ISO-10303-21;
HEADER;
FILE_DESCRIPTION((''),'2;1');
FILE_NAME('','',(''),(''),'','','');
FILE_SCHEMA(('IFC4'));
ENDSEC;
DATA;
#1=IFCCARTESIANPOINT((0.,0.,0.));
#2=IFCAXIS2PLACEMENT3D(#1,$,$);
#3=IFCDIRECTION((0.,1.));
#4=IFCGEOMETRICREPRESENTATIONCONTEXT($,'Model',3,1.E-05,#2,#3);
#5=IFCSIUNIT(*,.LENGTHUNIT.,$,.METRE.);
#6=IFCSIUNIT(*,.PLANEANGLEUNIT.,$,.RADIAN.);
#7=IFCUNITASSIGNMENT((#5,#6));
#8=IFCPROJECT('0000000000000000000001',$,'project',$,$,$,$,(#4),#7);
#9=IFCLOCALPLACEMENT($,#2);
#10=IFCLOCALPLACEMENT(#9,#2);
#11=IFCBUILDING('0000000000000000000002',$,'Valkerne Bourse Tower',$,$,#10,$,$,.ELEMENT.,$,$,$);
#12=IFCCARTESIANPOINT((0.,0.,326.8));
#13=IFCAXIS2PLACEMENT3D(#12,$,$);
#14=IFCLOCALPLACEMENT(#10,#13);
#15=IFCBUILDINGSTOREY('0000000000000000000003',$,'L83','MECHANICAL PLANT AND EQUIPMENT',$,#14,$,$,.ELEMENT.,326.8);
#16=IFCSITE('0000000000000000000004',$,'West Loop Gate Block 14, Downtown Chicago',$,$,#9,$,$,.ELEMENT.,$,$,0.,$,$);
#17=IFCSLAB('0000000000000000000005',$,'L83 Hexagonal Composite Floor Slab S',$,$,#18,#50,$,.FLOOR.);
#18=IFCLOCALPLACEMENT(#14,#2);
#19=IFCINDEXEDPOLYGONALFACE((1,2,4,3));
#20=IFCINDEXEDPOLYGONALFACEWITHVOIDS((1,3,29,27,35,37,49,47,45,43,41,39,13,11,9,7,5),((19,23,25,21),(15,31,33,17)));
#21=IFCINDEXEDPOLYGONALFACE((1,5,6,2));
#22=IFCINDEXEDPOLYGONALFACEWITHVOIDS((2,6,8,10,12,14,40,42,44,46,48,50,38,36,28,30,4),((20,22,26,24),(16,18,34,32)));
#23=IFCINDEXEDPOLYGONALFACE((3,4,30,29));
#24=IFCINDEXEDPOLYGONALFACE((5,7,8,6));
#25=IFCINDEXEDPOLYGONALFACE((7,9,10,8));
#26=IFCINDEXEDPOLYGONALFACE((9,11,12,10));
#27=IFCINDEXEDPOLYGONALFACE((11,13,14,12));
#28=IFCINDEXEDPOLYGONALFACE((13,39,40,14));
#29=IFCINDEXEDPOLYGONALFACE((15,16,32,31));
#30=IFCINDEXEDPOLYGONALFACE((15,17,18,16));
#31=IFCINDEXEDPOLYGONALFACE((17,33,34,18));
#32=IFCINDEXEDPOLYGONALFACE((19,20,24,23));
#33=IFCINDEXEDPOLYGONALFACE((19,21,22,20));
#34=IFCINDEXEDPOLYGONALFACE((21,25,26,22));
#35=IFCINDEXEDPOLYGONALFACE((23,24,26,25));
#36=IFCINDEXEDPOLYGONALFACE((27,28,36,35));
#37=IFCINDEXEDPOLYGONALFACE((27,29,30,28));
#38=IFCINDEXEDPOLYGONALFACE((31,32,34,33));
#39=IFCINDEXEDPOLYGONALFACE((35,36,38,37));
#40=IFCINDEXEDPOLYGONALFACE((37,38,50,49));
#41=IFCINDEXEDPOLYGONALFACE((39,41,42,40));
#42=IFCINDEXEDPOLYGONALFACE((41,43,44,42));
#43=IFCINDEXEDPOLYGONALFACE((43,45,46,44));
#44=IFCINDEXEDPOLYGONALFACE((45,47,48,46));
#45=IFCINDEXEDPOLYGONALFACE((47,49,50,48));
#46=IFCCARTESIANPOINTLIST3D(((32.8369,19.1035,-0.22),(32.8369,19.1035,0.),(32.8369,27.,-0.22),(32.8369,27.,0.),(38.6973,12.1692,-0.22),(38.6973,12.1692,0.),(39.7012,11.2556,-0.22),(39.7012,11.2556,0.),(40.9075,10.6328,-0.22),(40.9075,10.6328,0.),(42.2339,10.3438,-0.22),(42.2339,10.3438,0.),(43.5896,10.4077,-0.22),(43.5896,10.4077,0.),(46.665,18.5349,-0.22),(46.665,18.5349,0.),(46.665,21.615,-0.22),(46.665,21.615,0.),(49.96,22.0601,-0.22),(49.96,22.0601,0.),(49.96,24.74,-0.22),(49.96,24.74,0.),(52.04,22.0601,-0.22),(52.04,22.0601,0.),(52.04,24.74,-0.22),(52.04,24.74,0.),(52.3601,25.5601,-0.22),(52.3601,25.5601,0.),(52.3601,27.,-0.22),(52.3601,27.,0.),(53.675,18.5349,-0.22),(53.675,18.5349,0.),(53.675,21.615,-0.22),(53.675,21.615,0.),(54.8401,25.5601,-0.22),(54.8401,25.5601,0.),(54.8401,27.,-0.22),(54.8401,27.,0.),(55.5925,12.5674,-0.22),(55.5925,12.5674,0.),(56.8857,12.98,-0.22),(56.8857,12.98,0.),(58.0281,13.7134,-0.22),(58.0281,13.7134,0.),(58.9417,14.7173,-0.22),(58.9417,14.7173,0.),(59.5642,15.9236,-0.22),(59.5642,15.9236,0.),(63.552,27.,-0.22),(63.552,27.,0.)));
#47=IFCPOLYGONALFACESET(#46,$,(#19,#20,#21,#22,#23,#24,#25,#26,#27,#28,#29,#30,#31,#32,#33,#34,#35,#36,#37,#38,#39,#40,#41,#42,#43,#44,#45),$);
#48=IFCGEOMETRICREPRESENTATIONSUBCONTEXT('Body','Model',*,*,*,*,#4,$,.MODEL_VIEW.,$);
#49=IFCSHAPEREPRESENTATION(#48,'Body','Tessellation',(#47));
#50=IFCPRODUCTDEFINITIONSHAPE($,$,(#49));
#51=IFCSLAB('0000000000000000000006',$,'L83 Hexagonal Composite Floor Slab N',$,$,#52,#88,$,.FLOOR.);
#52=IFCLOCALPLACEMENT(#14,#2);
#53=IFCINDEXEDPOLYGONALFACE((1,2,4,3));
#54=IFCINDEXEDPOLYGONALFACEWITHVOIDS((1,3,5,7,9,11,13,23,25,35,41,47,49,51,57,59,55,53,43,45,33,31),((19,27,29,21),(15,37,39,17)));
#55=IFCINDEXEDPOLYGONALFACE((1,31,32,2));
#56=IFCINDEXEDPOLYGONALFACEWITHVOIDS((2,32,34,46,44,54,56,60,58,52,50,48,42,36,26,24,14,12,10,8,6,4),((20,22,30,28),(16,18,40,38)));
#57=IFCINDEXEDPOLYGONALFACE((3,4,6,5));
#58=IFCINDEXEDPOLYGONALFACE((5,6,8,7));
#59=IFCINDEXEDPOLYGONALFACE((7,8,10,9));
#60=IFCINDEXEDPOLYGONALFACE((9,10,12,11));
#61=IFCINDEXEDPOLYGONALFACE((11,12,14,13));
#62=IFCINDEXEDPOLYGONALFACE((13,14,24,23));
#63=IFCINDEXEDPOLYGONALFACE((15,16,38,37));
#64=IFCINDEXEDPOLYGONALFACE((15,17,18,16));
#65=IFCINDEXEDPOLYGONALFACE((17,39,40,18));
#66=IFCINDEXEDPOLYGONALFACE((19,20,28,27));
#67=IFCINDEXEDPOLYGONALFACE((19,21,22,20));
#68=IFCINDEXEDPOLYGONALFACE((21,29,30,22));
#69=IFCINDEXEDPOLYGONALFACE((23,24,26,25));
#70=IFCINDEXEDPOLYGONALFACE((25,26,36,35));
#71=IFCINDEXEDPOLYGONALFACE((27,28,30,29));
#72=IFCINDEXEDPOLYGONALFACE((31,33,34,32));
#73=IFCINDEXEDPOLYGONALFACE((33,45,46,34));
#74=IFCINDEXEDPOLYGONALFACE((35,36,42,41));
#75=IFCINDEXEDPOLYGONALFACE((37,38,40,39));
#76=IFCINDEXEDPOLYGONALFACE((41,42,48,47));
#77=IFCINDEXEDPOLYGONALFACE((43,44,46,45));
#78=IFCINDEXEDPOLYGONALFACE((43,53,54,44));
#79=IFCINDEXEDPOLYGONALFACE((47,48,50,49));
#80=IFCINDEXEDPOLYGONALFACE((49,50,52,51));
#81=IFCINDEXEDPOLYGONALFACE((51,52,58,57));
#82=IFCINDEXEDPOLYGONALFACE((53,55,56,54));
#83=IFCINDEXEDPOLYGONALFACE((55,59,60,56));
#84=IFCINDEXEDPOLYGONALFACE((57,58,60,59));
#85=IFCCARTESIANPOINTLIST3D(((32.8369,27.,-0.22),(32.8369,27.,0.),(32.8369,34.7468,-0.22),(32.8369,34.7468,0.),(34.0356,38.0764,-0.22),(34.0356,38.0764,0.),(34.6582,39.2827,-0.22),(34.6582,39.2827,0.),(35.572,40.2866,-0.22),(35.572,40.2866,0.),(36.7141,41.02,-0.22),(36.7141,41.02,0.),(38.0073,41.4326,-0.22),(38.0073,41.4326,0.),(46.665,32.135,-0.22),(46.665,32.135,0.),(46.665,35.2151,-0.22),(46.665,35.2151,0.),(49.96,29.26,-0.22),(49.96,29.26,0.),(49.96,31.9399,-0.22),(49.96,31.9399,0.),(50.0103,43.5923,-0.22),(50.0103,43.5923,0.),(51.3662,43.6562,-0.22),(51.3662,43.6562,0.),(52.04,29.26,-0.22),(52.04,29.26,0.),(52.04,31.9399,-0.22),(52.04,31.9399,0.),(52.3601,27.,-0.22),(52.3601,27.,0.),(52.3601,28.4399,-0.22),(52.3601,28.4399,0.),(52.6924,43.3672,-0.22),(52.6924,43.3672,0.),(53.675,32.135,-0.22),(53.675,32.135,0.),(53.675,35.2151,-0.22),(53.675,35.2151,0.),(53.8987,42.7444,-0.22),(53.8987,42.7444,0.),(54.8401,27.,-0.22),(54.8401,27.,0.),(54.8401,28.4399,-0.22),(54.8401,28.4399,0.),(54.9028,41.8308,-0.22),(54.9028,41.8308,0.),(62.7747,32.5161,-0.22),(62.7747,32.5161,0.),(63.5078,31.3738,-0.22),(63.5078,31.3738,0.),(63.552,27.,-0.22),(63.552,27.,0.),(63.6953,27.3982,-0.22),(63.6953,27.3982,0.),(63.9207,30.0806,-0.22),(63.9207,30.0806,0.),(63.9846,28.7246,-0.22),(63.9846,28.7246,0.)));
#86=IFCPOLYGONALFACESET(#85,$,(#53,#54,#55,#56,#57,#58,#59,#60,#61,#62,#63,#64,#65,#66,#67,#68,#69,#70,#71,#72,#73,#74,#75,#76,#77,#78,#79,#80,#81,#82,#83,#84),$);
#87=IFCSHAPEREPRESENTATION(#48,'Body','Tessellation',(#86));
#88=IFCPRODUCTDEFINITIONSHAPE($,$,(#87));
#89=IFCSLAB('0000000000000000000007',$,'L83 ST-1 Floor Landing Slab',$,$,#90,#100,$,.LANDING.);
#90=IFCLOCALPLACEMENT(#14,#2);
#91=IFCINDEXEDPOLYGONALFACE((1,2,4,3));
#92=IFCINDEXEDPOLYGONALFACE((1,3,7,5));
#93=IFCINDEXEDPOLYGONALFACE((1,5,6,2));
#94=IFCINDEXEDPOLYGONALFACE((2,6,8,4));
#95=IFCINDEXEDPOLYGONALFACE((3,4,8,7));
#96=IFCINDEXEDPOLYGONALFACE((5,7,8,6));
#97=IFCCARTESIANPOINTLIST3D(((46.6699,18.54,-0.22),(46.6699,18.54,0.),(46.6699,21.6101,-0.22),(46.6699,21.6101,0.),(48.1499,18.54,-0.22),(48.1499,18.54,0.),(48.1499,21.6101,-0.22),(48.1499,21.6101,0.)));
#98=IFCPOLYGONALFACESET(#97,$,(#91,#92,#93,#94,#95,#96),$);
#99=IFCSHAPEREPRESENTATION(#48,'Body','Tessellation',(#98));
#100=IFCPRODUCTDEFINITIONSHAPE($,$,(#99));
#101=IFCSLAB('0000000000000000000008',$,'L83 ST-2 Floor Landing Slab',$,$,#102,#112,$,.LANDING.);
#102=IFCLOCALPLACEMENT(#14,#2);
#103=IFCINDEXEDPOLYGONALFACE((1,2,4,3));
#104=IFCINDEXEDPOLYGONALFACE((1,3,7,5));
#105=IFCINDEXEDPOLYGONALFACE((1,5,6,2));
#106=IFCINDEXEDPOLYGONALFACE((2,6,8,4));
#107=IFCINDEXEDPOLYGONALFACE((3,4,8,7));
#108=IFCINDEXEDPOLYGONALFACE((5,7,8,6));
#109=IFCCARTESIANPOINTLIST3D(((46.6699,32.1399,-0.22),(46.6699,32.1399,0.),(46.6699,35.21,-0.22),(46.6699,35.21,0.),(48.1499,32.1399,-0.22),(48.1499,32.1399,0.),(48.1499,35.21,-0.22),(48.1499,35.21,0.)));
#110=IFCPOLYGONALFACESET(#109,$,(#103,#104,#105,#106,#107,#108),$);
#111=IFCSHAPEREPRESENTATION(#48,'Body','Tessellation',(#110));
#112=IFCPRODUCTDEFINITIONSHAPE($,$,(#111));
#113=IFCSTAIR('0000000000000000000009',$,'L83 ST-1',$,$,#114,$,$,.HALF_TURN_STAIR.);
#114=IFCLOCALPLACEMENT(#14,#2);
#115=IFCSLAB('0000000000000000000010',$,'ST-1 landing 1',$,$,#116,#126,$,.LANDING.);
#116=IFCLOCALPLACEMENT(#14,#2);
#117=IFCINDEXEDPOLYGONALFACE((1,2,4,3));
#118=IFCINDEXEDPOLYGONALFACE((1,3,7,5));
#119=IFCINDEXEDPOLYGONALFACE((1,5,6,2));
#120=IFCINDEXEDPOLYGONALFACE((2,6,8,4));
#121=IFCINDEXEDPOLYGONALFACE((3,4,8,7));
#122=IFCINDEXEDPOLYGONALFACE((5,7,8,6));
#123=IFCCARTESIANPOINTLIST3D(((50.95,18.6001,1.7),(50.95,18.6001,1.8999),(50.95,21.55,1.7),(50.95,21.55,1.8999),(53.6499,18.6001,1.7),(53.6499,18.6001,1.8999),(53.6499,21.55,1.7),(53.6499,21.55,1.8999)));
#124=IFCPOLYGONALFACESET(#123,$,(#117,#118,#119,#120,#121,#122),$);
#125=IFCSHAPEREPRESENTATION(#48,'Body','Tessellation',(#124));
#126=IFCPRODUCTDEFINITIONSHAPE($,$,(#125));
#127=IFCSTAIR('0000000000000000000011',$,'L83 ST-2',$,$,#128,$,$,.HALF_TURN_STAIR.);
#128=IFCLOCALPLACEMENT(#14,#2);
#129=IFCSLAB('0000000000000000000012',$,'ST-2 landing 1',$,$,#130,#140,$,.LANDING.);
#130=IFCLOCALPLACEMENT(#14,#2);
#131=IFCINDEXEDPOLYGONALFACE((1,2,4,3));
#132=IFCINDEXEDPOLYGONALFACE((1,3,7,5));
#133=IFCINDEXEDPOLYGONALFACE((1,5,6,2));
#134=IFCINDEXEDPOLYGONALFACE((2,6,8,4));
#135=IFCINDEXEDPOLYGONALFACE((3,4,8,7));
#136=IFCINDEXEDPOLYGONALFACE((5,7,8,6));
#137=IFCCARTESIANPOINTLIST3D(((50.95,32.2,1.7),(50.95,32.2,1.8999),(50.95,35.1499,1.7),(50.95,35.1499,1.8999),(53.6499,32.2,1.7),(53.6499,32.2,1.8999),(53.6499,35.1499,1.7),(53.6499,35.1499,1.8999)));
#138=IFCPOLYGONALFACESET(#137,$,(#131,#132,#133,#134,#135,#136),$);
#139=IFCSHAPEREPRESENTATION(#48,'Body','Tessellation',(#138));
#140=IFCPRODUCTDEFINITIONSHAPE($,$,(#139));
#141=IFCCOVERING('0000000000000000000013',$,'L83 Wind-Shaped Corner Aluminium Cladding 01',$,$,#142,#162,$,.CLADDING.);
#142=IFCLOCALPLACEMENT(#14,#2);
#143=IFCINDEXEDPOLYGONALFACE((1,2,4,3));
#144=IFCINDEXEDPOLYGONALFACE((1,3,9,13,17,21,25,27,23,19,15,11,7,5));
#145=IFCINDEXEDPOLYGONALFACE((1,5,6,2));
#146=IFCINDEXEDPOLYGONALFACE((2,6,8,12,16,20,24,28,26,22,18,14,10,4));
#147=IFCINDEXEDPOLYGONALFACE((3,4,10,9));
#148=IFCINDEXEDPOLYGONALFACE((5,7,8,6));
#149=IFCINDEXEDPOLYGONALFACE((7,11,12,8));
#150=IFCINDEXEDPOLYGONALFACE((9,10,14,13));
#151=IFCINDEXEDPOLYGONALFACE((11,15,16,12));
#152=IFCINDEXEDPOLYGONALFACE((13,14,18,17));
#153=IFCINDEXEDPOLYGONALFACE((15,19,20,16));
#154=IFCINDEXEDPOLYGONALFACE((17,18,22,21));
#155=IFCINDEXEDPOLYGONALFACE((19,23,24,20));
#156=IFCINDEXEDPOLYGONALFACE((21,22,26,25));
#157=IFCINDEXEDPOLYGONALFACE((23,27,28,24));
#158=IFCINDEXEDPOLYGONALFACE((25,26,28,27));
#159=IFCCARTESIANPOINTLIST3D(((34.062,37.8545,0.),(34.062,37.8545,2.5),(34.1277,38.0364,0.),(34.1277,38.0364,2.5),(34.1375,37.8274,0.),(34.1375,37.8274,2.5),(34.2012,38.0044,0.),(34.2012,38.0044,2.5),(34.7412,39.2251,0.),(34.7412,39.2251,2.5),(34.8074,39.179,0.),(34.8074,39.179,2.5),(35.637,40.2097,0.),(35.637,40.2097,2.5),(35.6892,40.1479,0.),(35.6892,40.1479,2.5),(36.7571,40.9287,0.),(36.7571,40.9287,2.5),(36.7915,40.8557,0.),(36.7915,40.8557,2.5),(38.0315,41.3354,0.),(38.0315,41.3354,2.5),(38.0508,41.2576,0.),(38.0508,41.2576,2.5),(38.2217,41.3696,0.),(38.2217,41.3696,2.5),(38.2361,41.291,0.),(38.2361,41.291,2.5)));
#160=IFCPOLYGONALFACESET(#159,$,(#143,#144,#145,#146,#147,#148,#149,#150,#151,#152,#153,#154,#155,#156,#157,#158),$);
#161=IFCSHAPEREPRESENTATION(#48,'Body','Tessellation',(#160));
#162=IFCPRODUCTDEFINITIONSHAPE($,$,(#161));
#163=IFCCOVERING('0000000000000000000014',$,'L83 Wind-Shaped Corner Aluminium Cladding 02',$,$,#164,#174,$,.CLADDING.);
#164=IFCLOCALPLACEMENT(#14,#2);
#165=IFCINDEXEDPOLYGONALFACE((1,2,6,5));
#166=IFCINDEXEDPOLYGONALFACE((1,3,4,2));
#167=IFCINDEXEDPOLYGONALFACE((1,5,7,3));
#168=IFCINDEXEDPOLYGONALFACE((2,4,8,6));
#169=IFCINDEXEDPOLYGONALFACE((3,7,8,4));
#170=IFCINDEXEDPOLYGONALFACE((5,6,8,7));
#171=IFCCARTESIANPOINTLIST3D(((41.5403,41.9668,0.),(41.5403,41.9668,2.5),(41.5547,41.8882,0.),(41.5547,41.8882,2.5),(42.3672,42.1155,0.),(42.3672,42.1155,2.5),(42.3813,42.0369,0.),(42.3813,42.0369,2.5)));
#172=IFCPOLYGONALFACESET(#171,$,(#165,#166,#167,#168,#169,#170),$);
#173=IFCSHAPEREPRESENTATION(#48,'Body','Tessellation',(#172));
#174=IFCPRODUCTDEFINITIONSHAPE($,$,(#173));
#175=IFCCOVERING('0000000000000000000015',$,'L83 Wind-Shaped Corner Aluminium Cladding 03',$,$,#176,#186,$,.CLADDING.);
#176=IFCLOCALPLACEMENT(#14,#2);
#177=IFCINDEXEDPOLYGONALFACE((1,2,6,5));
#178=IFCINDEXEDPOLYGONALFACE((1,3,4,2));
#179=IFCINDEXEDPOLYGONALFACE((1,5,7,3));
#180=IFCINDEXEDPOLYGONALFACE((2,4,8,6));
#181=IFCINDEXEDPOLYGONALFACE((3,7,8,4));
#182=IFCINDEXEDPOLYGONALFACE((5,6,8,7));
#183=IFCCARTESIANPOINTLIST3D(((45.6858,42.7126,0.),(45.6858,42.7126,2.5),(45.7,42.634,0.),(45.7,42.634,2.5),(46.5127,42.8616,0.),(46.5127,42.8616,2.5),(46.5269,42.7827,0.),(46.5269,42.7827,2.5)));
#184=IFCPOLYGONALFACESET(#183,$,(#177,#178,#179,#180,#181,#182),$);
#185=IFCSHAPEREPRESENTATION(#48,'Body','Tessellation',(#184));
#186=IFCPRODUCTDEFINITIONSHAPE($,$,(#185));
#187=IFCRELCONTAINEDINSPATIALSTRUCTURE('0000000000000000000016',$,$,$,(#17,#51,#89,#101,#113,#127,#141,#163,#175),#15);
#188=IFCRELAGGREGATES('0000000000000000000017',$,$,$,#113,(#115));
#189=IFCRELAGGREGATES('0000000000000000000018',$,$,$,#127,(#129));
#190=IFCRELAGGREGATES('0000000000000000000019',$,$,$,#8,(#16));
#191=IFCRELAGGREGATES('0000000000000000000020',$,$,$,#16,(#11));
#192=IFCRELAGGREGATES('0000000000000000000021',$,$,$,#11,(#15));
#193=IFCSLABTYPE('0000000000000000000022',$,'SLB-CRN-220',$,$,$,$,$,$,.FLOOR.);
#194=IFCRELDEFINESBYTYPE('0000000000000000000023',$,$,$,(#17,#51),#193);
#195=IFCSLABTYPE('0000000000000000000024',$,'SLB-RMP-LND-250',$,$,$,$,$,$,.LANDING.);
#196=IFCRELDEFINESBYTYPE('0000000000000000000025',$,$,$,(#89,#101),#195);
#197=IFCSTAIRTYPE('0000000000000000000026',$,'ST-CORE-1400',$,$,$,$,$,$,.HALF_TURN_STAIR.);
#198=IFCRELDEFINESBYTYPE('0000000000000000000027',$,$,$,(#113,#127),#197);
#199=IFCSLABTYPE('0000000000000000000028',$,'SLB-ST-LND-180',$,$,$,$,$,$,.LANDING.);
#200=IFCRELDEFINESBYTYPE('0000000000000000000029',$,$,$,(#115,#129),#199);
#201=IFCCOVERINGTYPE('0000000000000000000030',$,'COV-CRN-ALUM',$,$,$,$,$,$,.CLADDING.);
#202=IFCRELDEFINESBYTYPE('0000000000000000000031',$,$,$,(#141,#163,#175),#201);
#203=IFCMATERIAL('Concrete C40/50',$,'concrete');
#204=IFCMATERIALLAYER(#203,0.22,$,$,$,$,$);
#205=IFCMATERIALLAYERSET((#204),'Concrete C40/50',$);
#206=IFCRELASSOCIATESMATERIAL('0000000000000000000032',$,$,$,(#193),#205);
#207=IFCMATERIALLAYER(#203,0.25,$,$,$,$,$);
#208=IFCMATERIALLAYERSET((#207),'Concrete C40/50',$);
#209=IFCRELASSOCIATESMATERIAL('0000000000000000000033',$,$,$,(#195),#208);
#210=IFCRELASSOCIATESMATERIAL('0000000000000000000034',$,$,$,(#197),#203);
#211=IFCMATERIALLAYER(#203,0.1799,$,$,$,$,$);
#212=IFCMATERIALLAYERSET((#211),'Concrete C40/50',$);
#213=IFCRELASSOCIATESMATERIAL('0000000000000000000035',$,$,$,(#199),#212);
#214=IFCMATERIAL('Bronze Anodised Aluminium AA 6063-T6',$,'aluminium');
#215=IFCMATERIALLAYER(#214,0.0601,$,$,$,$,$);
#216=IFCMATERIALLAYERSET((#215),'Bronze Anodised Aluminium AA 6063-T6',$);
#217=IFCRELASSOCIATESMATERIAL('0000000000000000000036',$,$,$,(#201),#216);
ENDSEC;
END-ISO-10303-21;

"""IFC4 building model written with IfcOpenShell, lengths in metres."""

from ifc_helpers import new_model, si_unit, direction, frame, origin, place, context, subcontext, project, spatial, polyline, outline, extrude, material, layer, layer_set, type_object, element, aggregate, save


model = new_model("IFC4")

# Units and contexts
model_context = context("Model", 3, precision=1e-05, world=origin(), true_north=direction((0.0, 1.0)))
body_context = subcontext(model_context, "Body", "Model", "MODEL_VIEW")
ifc_project = project(units=[si_unit("LENGTHUNIT", "METRE"), si_unit("PLANEANGLEUNIT", "RADIAN")], contexts=[model_context])

# Site, building, storey
site_placement = place(None, origin())
site = spatial("IfcSite", under=ifc_project, at=site_placement, Name="West Loop Gate Block 14, Downtown Chicago", CompositionType="ELEMENT", RefElevation=0.0)
building_placement = place(site_placement, origin())
building = spatial("IfcBuilding", under=site, at=building_placement, Name="Valkerne Bourse Tower", CompositionType="ELEMENT")
storey_placement = place(building_placement, frame((0.0, 0.0, 326.8)))
storey = spatial("IfcBuildingStorey", under=building, at=storey_placement, Name="L83", Description="MECHANICAL PLANT AND EQUIPMENT", CompositionType="ELEMENT", Elevation=326.8)

# Slabs
ifc_material_1 = material(Name="Concrete C40/50", Category="concrete")
ifc_layer_1 = layer(ifc_material_1, 0.22)
ifc_layer_set_1 = layer_set([ifc_layer_1], Name="Concrete C40/50")
slab_type_1 = type_object("IfcSlabType", Name="SLB-CRN-220", PredefinedType="FLOOR", material=ifc_layer_set_1)
slab_1_placement = place(storey_placement, frame((0.0, 0.0, -0.22)))
element("IfcSlab", 1, at=slab_1_placement, inside=storey, type_object=slab_type_1, Name="L83 Hexagonal Composite Floor Slab S", PredefinedType="FLOOR", context=body_context, shape_type="SweptSolid", body=[
    extrude(outline(polyline([(59.5642, 15.9236), (58.9417, 14.7173), (58.0281, 13.7134), (56.8857, 12.98), (55.5925, 12.5674), (43.5896, 10.4077), (42.2339, 10.3438), (40.9075, 10.6328), (39.7012, 11.2556), (38.6973, 12.1692), (32.8369, 19.1035), (32.8369, 27.0), (52.3601, 27.0), (52.3601, 25.5601), (54.8401, 25.5601), (54.8401, 27.0), (63.552, 27.0), (59.5642, 15.9236)]), holes=[polyline([(46.665, 18.5349), (53.675, 18.5349), (53.675, 21.615), (46.665, 21.615), (46.665, 18.5349)]), polyline([(49.96, 22.0601), (52.04, 22.0601), (52.04, 24.74), (49.96, 24.74), (49.96, 22.0601)])]), origin(), (0.0, 0.0, 1.0), 0.22),
])
slab_2_placement = place(storey_placement, frame((0.0, 0.0, -0.22)))
element("IfcSlab", 2, at=slab_2_placement, inside=storey, type_object=slab_type_1, Name="L83 Hexagonal Composite Floor Slab N", PredefinedType="FLOOR", context=body_context, shape_type="SweptSolid", body=[
    extrude(outline(polyline([(35.572, 40.2866), (36.7141, 41.02), (38.0073, 41.4326), (50.0103, 43.5923), (51.3662, 43.6562), (52.6924, 43.3672), (53.8987, 42.7444), (54.9028, 41.8308), (62.7747, 32.5161), (63.5078, 31.3738), (63.9207, 30.0806), (63.9846, 28.7246), (63.6953, 27.3982), (63.552, 27.0), (54.8401, 27.0), (54.8401, 28.4399), (52.3601, 28.4399), (52.3601, 27.0), (32.8369, 27.0), (32.8369, 34.7468), (34.0356, 38.0764), (34.6582, 39.2827), (35.572, 40.2866)]), holes=[polyline([(49.96, 31.9399), (49.96, 29.26), (52.04, 29.26), (52.04, 31.9399), (49.96, 31.9399)]), polyline([(46.665, 35.2151), (46.665, 32.135), (53.675, 32.135), (53.675, 35.2151), (46.665, 35.2151)])]), origin(), (0.0, 0.0, 1.0), 0.22),
])
ifc_layer_2 = layer(ifc_material_1, 0.25)
ifc_layer_set_2 = layer_set([ifc_layer_2], Name="Concrete C40/50")
slab_type_2 = type_object("IfcSlabType", Name="SLB-RMP-LND-250", PredefinedType="LANDING", material=ifc_layer_set_2)
slab_3_placement = place(storey_placement, frame((0.0, 0.0, -0.22)))
element("IfcSlab", 3, at=slab_3_placement, inside=storey, type_object=slab_type_2, Name="L83 ST-1 Floor Landing Slab", PredefinedType="LANDING", context=body_context, shape_type="SweptSolid", body=[
    extrude(outline(polyline([(46.6699, 18.54), (48.1499, 18.54), (48.1499, 21.6101), (46.6699, 21.6101), (46.6699, 18.54)])), origin(), (0.0, 0.0, 1.0), 0.22),
])
slab_4_placement = place(storey_placement, frame((0.0, 0.0, -0.22)))
element("IfcSlab", 4, at=slab_4_placement, inside=storey, type_object=slab_type_2, Name="L83 ST-2 Floor Landing Slab", PredefinedType="LANDING", context=body_context, shape_type="SweptSolid", body=[
    extrude(outline(polyline([(46.6699, 32.1399), (48.1499, 32.1399), (48.1499, 35.21), (46.6699, 35.21), (46.6699, 32.1399)])), origin(), (0.0, 0.0, 1.0), 0.22),
])

# Stairs, slabs
stair_type = type_object("IfcStairType", Name="ST-CORE-1400", PredefinedType="HALF_TURN_STAIR", material=ifc_material_1)
stair_1_placement = place(storey_placement, origin())
stair_1 = element("IfcStair", 5, at=stair_1_placement, inside=storey, type_object=stair_type, Name="L83 ST-1", PredefinedType="HALF_TURN_STAIR")
ifc_layer_3 = layer(ifc_material_1, 0.1799)
ifc_layer_set_3 = layer_set([ifc_layer_3], Name="Concrete C40/50")
slab_type_3 = type_object("IfcSlabType", Name="SLB-ST-LND-180", PredefinedType="LANDING", material=ifc_layer_set_3)
slab_5_placement = place(storey_placement, frame((0.0, 0.0, 1.7)))
slab_5 = element("IfcSlab", 6, at=slab_5_placement, type_object=slab_type_3, Name="ST-1 landing 1", PredefinedType="LANDING", context=body_context, shape_type="SweptSolid", body=[
    extrude(outline(polyline([(50.95, 18.6001), (53.6499, 18.6001), (53.6499, 21.55), (50.95, 21.55), (50.95, 18.6001)])), origin(), (0.0, 0.0, 1.0), 0.2),
])
aggregate(stair_1, [slab_5])
stair_2_placement = place(storey_placement, origin())
stair_2 = element("IfcStair", 7, at=stair_2_placement, inside=storey, type_object=stair_type, Name="L83 ST-2", PredefinedType="HALF_TURN_STAIR")
slab_6_placement = place(storey_placement, frame((0.0, 0.0, 1.7)))
slab_6 = element("IfcSlab", 8, at=slab_6_placement, type_object=slab_type_3, Name="ST-2 landing 1", PredefinedType="LANDING", context=body_context, shape_type="SweptSolid", body=[
    extrude(outline(polyline([(50.95, 32.2), (53.6499, 32.2), (53.6499, 35.1499), (50.95, 35.1499), (50.95, 32.2)])), origin(), (0.0, 0.0, 1.0), 0.2),
])
aggregate(stair_2, [slab_6])

# Coverings
ifc_material_2 = material(Name="Bronze Anodised Aluminium AA 6063-T6", Category="aluminium")
ifc_layer_4 = layer(ifc_material_2, 0.0601)
ifc_layer_set_4 = layer_set([ifc_layer_4], Name="Bronze Anodised Aluminium AA 6063-T6")
covering_type = type_object("IfcCoveringType", Name="COV-CRN-ALUM", PredefinedType="CLADDING", material=ifc_layer_set_4)
covering_1_placement = place(storey_placement, origin())
element("IfcCovering", 9, at=covering_1_placement, inside=storey, type_object=covering_type, Name="L83 Wind-Shaped Corner Aluminium Cladding 01", PredefinedType="CLADDING", context=body_context, shape_type="SweptSolid", body=[
    extrude(outline(polyline([(35.637, 40.2097), (36.7571, 40.9287), (38.0315, 41.3354), (38.2217, 41.3696), (38.2361, 41.291), (38.0508, 41.2576), (36.7915, 40.8557), (35.6892, 40.1479), (34.8074, 39.179), (34.2012, 38.0044), (34.1375, 37.8274), (34.062, 37.8545), (34.1277, 38.0364), (34.7412, 39.2251), (35.637, 40.2097)])), origin(), (0.0, 0.0, 1.0), 2.5),
])
covering_2_placement = place(storey_placement, origin())
element("IfcCovering", 10, at=covering_2_placement, inside=storey, type_object=covering_type, Name="L83 Wind-Shaped Corner Aluminium Cladding 02", PredefinedType="CLADDING", context=body_context, shape_type="SweptSolid", body=[
    extrude(outline(polyline([(42.3672, 42.1155), (42.3813, 42.0369), (41.5547, 41.8882), (41.5403, 41.9668), (42.3672, 42.1155)])), origin(), (0.0, 0.0, 1.0), 2.5),
])
covering_3_placement = place(storey_placement, origin())
element("IfcCovering", 11, at=covering_3_placement, inside=storey, type_object=covering_type, Name="L83 Wind-Shaped Corner Aluminium Cladding 03", PredefinedType="CLADDING", context=body_context, shape_type="SweptSolid", body=[
    extrude(outline(polyline([(46.5127, 42.8616), (46.5269, 42.7827), (45.7, 42.634), (45.6858, 42.7126), (46.5127, 42.8616)])), origin(), (0.0, 0.0, 1.0), 2.5),
])

save(model, "model.ifc")
